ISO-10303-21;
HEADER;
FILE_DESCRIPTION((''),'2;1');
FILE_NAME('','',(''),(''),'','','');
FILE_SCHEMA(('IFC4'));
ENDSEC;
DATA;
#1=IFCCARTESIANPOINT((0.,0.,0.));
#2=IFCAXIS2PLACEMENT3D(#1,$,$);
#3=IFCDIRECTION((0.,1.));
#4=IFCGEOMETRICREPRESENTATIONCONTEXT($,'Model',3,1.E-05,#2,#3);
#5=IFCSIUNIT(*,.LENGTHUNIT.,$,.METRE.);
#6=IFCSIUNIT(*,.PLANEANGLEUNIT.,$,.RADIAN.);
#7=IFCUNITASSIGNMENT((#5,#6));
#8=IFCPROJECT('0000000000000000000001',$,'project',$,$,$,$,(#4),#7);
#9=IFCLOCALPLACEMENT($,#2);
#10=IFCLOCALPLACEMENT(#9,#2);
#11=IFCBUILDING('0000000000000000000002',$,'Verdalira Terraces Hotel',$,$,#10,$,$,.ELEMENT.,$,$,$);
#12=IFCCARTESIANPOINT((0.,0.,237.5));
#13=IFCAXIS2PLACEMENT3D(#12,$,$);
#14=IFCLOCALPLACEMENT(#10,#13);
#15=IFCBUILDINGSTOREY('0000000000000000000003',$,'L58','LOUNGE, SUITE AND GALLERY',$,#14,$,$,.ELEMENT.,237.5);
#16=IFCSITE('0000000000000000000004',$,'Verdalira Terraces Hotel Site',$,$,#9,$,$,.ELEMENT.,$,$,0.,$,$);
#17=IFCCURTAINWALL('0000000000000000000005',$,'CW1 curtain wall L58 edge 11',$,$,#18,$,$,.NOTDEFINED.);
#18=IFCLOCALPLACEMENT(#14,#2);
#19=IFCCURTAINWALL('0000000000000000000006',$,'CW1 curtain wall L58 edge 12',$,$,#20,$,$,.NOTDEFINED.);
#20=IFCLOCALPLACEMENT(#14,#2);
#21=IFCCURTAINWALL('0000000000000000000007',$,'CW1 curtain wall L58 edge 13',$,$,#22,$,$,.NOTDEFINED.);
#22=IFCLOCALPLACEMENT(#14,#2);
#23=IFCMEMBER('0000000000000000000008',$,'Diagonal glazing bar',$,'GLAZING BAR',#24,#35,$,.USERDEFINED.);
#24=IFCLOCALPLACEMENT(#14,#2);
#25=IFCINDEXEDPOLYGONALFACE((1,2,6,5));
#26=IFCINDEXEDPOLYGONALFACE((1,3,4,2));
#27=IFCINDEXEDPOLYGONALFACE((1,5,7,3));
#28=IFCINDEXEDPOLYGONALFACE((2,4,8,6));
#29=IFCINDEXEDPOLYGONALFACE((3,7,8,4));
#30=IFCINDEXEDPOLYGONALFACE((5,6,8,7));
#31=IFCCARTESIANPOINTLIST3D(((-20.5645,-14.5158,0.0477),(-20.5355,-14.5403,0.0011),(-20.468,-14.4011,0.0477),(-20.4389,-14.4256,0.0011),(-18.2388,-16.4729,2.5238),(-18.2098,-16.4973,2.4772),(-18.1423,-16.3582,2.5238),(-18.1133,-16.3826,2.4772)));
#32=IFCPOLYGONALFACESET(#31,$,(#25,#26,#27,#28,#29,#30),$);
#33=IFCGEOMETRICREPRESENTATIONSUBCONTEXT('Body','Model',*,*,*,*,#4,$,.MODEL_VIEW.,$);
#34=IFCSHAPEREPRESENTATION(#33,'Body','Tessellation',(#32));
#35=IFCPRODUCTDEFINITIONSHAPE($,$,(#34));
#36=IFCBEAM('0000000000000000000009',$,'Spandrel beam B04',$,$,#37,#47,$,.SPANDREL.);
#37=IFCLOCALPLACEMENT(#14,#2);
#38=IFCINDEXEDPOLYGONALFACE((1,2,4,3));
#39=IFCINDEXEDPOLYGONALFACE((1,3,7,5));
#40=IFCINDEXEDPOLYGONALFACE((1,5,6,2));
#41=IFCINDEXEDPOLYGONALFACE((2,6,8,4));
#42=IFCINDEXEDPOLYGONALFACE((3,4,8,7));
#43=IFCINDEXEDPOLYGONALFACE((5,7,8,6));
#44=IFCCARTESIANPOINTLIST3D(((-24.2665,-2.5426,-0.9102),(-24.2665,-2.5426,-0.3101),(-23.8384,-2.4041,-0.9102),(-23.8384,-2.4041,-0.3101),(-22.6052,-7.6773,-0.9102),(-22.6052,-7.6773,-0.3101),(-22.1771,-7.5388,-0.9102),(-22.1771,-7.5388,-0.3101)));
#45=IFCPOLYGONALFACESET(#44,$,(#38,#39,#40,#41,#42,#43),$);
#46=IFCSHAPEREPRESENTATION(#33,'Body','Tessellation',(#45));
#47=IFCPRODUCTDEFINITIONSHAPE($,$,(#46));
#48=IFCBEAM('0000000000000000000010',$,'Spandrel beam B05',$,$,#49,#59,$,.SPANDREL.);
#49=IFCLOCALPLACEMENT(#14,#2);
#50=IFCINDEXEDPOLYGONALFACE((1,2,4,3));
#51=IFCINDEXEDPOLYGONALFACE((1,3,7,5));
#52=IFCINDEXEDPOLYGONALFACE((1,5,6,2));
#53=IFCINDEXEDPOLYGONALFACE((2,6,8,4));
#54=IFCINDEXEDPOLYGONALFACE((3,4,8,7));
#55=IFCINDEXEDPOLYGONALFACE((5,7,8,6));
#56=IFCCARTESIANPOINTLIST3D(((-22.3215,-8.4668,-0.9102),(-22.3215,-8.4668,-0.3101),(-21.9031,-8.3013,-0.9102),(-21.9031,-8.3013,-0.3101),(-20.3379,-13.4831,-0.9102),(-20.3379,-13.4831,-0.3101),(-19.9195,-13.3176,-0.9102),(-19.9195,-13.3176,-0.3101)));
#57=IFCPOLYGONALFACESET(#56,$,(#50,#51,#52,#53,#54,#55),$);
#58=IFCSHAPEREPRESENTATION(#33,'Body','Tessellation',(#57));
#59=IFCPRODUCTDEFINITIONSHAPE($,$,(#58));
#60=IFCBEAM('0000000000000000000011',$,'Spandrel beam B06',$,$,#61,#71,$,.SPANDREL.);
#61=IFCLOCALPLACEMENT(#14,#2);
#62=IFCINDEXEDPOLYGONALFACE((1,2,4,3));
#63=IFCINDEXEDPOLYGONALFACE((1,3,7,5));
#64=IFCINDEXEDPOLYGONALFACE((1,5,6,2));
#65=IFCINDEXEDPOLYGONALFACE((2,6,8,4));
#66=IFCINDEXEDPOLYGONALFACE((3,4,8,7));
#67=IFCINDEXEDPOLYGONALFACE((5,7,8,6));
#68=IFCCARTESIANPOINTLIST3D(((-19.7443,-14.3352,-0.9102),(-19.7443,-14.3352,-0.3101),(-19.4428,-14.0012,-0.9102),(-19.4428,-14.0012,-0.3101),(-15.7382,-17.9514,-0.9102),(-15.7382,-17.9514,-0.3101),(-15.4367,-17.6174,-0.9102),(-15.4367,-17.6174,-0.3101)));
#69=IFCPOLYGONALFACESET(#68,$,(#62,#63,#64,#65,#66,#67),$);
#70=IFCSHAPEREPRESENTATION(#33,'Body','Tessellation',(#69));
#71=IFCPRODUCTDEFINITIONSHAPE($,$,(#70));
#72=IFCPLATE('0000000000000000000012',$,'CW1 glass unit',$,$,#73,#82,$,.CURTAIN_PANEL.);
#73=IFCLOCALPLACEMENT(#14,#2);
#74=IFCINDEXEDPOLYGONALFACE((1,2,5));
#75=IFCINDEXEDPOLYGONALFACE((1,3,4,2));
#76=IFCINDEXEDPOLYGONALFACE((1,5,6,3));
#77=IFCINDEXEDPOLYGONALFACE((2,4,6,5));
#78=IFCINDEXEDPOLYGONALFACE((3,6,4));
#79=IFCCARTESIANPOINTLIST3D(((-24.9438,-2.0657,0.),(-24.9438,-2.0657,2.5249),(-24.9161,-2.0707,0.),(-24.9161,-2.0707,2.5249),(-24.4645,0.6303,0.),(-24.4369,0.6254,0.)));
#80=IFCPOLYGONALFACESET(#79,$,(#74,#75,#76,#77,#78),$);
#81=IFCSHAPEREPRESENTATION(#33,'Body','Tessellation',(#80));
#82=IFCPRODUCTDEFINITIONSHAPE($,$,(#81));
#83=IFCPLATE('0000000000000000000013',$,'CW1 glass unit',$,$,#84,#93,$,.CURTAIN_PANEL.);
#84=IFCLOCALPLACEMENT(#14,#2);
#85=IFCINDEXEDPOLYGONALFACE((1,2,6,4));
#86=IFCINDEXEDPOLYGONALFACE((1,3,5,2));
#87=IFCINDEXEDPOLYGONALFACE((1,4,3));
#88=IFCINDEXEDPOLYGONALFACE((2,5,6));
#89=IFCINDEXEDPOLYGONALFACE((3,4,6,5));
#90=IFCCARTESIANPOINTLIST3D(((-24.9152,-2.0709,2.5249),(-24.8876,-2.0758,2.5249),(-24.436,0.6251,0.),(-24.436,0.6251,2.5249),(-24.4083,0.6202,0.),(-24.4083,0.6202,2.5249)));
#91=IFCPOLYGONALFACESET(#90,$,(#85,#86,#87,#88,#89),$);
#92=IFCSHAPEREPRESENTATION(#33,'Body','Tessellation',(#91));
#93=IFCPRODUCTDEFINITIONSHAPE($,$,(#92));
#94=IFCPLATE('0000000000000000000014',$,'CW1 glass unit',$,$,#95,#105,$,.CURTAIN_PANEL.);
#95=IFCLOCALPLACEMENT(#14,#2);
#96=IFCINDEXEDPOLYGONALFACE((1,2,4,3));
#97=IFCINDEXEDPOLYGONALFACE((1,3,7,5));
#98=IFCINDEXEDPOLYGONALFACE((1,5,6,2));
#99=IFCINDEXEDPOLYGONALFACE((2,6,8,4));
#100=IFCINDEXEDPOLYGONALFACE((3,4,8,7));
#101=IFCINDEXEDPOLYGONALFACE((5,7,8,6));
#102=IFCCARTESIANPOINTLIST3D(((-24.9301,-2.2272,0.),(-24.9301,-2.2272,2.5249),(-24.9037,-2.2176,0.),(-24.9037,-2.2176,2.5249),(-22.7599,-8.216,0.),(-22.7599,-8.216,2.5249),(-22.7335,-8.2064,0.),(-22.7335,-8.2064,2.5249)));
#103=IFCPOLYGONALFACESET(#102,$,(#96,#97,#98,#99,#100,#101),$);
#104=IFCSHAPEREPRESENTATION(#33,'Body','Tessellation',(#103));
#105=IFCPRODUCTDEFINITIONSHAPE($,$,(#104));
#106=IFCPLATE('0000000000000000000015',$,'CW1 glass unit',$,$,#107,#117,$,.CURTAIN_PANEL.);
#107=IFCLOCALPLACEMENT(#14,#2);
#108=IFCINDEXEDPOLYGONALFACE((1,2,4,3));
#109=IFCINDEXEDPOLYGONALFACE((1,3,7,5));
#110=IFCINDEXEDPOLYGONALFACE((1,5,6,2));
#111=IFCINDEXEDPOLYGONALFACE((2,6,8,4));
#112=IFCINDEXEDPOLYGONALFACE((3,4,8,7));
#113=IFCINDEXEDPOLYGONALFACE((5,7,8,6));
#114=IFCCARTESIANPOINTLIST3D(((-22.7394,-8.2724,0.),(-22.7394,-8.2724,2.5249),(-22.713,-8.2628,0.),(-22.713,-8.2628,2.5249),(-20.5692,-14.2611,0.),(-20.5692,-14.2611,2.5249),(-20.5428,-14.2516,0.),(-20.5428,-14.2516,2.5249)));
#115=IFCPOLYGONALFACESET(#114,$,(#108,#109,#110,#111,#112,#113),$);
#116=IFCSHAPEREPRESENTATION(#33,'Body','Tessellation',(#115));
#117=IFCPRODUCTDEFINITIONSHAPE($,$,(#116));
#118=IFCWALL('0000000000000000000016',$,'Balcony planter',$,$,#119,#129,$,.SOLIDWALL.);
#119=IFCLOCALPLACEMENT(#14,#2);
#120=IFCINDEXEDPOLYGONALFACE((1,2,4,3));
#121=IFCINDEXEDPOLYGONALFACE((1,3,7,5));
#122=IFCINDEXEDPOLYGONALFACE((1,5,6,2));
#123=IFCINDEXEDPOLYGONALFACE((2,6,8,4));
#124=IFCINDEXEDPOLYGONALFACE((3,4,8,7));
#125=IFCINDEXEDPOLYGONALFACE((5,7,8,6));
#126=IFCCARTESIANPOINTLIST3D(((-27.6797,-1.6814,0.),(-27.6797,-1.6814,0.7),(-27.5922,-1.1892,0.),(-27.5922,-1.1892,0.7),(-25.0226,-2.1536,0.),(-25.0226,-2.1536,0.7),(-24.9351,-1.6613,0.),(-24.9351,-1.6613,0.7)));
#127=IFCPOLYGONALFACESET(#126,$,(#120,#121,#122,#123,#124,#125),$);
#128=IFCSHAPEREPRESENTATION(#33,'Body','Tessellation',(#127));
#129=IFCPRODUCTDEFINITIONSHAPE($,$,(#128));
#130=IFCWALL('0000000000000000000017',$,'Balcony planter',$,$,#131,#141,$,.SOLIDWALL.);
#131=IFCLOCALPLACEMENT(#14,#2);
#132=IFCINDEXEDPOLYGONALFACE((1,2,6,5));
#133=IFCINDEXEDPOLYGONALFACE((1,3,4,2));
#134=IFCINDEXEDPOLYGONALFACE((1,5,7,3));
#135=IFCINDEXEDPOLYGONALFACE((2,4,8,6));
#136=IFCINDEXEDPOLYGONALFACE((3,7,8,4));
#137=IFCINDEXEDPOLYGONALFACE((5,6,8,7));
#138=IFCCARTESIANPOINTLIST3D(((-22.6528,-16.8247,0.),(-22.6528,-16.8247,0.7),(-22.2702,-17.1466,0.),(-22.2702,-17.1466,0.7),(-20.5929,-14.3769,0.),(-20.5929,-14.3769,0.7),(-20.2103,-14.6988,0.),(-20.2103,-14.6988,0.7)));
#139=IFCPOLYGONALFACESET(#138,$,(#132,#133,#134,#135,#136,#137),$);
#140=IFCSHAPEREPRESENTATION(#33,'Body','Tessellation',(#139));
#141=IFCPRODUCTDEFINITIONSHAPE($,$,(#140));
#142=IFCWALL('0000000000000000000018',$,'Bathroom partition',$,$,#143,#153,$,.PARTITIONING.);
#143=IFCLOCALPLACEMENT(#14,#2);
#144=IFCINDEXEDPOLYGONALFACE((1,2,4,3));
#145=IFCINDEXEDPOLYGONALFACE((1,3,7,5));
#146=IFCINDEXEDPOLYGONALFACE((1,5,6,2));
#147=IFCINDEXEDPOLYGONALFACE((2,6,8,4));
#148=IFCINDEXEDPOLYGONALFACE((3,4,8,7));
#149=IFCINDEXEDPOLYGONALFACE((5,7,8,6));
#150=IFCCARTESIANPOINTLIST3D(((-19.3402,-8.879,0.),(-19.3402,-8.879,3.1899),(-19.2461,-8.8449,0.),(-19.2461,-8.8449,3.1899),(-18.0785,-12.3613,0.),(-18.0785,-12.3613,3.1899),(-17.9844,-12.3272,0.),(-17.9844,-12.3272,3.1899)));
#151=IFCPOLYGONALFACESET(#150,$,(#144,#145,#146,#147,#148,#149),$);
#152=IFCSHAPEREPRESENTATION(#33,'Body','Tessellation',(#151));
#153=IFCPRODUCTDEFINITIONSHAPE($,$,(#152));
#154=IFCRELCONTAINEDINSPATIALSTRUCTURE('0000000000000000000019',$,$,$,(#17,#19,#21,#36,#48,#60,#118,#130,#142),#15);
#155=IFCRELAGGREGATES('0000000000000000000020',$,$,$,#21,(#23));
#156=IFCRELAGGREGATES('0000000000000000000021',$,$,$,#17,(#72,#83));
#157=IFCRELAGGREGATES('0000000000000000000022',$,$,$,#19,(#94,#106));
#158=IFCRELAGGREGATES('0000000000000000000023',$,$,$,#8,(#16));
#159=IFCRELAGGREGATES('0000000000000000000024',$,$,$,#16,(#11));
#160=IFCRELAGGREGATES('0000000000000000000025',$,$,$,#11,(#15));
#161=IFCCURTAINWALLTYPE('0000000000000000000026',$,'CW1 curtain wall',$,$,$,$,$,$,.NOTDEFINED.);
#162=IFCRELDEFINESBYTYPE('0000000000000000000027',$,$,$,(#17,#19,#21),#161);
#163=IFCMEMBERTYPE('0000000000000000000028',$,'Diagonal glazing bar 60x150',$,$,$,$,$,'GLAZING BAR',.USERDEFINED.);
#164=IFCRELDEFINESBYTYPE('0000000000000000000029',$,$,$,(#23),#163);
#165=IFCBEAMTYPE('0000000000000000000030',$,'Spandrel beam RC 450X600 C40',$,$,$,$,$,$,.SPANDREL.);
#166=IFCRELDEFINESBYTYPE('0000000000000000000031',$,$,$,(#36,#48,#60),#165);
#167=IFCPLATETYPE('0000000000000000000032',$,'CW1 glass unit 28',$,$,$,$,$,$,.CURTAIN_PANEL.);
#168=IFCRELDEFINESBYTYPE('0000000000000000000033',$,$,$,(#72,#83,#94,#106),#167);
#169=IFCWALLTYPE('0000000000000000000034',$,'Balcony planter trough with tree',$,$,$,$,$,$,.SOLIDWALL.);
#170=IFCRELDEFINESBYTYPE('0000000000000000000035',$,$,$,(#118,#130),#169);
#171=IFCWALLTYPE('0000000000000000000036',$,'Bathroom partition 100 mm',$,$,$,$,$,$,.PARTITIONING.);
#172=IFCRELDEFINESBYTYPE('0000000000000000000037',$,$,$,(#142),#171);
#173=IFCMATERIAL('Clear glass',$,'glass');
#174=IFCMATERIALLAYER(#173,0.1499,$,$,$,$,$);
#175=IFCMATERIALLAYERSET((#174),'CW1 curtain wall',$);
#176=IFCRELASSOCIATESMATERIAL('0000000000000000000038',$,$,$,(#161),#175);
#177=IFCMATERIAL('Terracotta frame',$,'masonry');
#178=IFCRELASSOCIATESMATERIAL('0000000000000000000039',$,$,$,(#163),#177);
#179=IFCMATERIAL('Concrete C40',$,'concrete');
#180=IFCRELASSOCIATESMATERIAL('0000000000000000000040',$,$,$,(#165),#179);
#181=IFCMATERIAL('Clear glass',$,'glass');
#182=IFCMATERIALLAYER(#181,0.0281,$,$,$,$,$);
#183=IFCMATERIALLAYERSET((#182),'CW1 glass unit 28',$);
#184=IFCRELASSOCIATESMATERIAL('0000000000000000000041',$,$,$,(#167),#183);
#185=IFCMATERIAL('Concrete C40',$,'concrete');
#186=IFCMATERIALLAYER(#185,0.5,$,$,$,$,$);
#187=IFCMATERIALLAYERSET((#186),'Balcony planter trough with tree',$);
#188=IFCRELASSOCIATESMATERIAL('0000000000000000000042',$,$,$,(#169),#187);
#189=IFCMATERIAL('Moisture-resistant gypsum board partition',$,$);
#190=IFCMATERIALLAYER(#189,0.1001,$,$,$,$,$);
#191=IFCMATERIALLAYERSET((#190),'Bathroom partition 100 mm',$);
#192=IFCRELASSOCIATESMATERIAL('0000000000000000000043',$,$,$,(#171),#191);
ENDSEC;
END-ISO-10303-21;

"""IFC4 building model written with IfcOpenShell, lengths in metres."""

from ifc_helpers import new_model, si_unit, direction, frame, frame_2d, origin, origin_2d, place, context, subcontext, project, spatial, polyline, rectangle, outline, extrude, material, layer, layer_set, material_profile, profile_set, type_object, element, aggregate, save


model = new_model("IFC4")

# Units and contexts
model_context = context("Model", 3, precision=1e-05, world=origin(), true_north=direction((0.0, 1.0)))
body_context = subcontext(model_context, "Body", "Model", "MODEL_VIEW")
ifc_project = project(units=[si_unit("LENGTHUNIT", "METRE"), si_unit("PLANEANGLEUNIT", "RADIAN")], contexts=[model_context])

# Site, building, storey
site_placement = place(None, origin())
site = spatial("IfcSite", under=ifc_project, at=site_placement, Name="Verdalira Terraces Hotel Site", CompositionType="ELEMENT", RefElevation=0.0)
building_placement = place(site_placement, origin())
building = spatial("IfcBuilding", under=site, at=building_placement, Name="Verdalira Terraces Hotel", CompositionType="ELEMENT")
storey_placement = place(building_placement, frame((0.0, 0.0, 237.5)))
storey = spatial("IfcBuildingStorey", under=building, at=storey_placement, Name="L58", Description="LOUNGE, SUITE AND GALLERY", CompositionType="ELEMENT", Elevation=237.5)

# Curtain wall
ifc_material_1 = material(Name="Clear glass", Category="glass")
ifc_layer_1 = layer(ifc_material_1, 0.1499)
ifc_layer_set_1 = layer_set([ifc_layer_1], Name="CW1 curtain wall")
curtain_wall_type = type_object("IfcCurtainWallType", Name="CW1 curtain wall", PredefinedType="NOTDEFINED", material=ifc_layer_set_1)
curtain_wall_1_placement = place(storey_placement, origin())
curtain_wall_1 = element("IfcCurtainWall", 1, at=curtain_wall_1_placement, inside=storey, type_object=curtain_wall_type, Name="CW1 curtain wall L58 edge 11", PredefinedType="NOTDEFINED")

# Curtain wall
curtain_wall_2_placement = place(storey_placement, origin())
curtain_wall_2 = element("IfcCurtainWall", 2, at=curtain_wall_2_placement, inside=storey, type_object=curtain_wall_type, Name="CW1 curtain wall L58 edge 12", PredefinedType="NOTDEFINED")

# Curtain wall
curtain_wall_3_placement = place(storey_placement, origin())
curtain_wall_3 = element("IfcCurtainWall", 3, at=curtain_wall_3_placement, inside=storey, type_object=curtain_wall_type, Name="CW1 curtain wall L58 edge 13", PredefinedType="NOTDEFINED")

# Member
ifc_material_2 = material(Name="Terracotta frame", Category="masonry")
ifc_material_profile_1 = material_profile(ifc_material_2, rectangle(XDim=0.1499, YDim=0.0601, at=origin_2d()), Name="GB 60x150")
ifc_profile_set_1 = profile_set([ifc_material_profile_1], Name="Terracotta frame")
member_type_1 = type_object("IfcMemberType", Name="Diagonal glazing bar 60x150", ElementType="GLAZING BAR", PredefinedType="USERDEFINED", material=ifc_profile_set_1)
member_1_placement = place(storey_placement, frame((-20.5017, -14.4707, 0.0244), z_axis=(0.593223, -0.499189, 0.631583), x_axis=(0.643859, 0.765144, 0.0)))
member_1 = element("IfcMember", 4, at=member_1_placement, type_object=member_type_1, Name="Diagonal glazing bar", ObjectType="GLAZING BAR", PredefinedType="USERDEFINED", context=body_context, shape_type="SweptSolid", body=[
    extrude(rectangle(XDim=0.1499, YDim=0.0601, at=origin_2d()), origin(), (0.0, 0.0, 1.0), 3.9204),
])
aggregate(curtain_wall_3, [member_1])

# Beams
ifc_material_3 = material(Name="Concrete C40", Category="concrete")
ifc_material_profile_2 = material_profile(ifc_material_3, rectangle(XDim=0.45, YDim=0.6001, at=origin_2d()), Name="RC 450X600")
ifc_profile_set_2 = profile_set([ifc_material_profile_2], Name="Concrete C40")
beam_type_1 = type_object("IfcBeamType", Name="Spandrel beam RC 450X600 C40", PredefinedType="SPANDREL", material=ifc_profile_set_2)
beam_1_placement = place(storey_placement, frame((-24.0525, -2.4734, -0.6101), z_axis=(0.307842, -0.951438, 0.0), x_axis=(0.951438, 0.307842, 0.0)))
element("IfcBeam", 5, at=beam_1_placement, inside=storey, type_object=beam_type_1, Name="Spandrel beam B04", PredefinedType="SPANDREL", context=body_context, shape_type="SweptSolid", body=[
    extrude(rectangle(XDim=0.45, YDim=0.6001, at=origin_2d()), origin(), (0.0, 0.0, 1.0), 5.3967),
])
beam_2_placement = place(storey_placement, frame((-22.1123, -8.384, -0.6101), z_axis=(0.367728, -0.929933, 0.0), x_axis=(0.929933, 0.367728, 0.0)))
element("IfcBeam", 6, at=beam_2_placement, inside=storey, type_object=beam_type_1, Name="Spandrel beam B05", PredefinedType="SPANDREL", context=body_context, shape_type="SweptSolid", body=[
    extrude(rectangle(XDim=0.45, YDim=0.6001, at=origin_2d()), origin(), (0.0, 0.0, 1.0), 5.3943),
])
beam_3_placement = place(storey_placement, frame((-19.5935, -14.1682, -0.6101), z_axis=(0.742306, -0.670061, 0.0), x_axis=(0.670061, 0.742306, 0.0)))
element("IfcBeam", 7, at=beam_3_placement, inside=storey, type_object=beam_type_1, Name="Spandrel beam B06", PredefinedType="SPANDREL", context=body_context, shape_type="SweptSolid", body=[
    extrude(rectangle(XDim=0.45, YDim=0.6001, at=origin_2d()), origin(), (0.0, 0.0, 1.0), 5.3967),
])

# Plates
ifc_material_4 = material(Name="Clear glass", Category="glass")
ifc_layer_2 = layer(ifc_material_4, 0.0281)
ifc_layer_set_2 = layer_set([ifc_layer_2], Name="CW1 glass unit 28")
plate_type = type_object("IfcPlateType", Name="CW1 glass unit 28", PredefinedType="CURTAIN_PANEL", material=ifc_layer_set_2)
plate_1_placement = place(storey_placement, frame((-24.6765, -0.7227, 1.2625), z_axis=(-0.984564, 0.175023, 0.0), x_axis=(-0.175023, -0.984564, 0.0)))
plate_1 = element("IfcPlate", 8, at=plate_1_placement, type_object=plate_type, Name="CW1 glass unit", PredefinedType="CURTAIN_PANEL", context=body_context, shape_type="SweptSolid", body=[
    extrude(outline(polyline([(-1.3691, -1.2625), (1.3691, -1.2625), (1.3691, 1.2625), (-1.3691, -1.2625)])), origin(), (0.0, 0.0, 1.0), 0.0281),
])
plate_2_placement = place(storey_placement, frame((-24.6479, -0.7278, 1.2625), z_axis=(-0.984564, 0.175023, 0.0), x_axis=(-0.175023, -0.984564, 0.0)))
plate_2 = element("IfcPlate", 9, at=plate_2_placement, type_object=plate_type, Name="CW1 glass unit", PredefinedType="CURTAIN_PANEL", context=body_context, shape_type="SweptSolid", body=[
    extrude(outline(polyline([(-1.3691, -1.2625), (1.3691, 1.2625), (-1.3691, 1.2625), (-1.3691, -1.2625)])), origin(), (0.0, 0.0, 1.0), 0.0281),
])
aggregate(curtain_wall_1, [plate_1, plate_2])
plate_3_placement = place(storey_placement, frame((-23.8318, -5.2168, 0.0), z_axis=(0.0, 0.0, 1.0), x_axis=(0.340708, -0.940169, 0.0)))
plate_3 = element("IfcPlate", 10, at=plate_3_placement, type_object=plate_type, Name="CW1 glass unit", PredefinedType="CURTAIN_PANEL", context=body_context, shape_type="SweptSolid", body=[
    extrude(rectangle(XDim=6.3699, YDim=0.0281, at=origin_2d()), origin(), (0.0, 0.0, 1.0), 2.5249),
])
plate_4_placement = place(storey_placement, frame((-21.6411, -11.262, 0.0), z_axis=(0.0, 0.0, 1.0), x_axis=(0.340708, -0.940169, 0.0)))
plate_4 = element("IfcPlate", 11, at=plate_4_placement, type_object=plate_type, Name="CW1 glass unit", PredefinedType="CURTAIN_PANEL", context=body_context, shape_type="SweptSolid", body=[
    extrude(rectangle(XDim=6.3699, YDim=0.0281, at=origin_2d()), origin(), (0.0, 0.0, 1.0), 2.5249),
])
aggregate(curtain_wall_2, [plate_3, plate_4])

# Walls
ifc_material_5 = material(Name="Concrete C40", Category="concrete")
ifc_layer_3 = layer(ifc_material_5, 0.5)
ifc_layer_set_3 = layer_set([ifc_layer_3], Name="Balcony planter trough with tree")
wall_type_1 = type_object("IfcWallType", Name="Balcony planter trough with tree", PredefinedType="SOLIDWALL", material=ifc_layer_set_3)
wall_1_placement = place(storey_placement, frame((-27.636, -1.4353, 0.0), z_axis=(0.0, 0.0, 1.0), x_axis=(0.984577, -0.174951, 0.0)))
element("IfcWall", 12, at=wall_1_placement, inside=storey, type_object=wall_type_1, Name="Balcony planter", PredefinedType="SOLIDWALL", context=body_context, shape_type="SweptSolid", body=[
    extrude(rectangle(XDim=2.6987, YDim=0.5, at=frame_2d((1.3494, 0.0))), origin(), (0.0, 0.0, 1.0), 0.7),
])
wall_2_placement = place(storey_placement, frame((-20.4016, -14.5378, 0.0), z_axis=(0.0, 0.0, 1.0), x_axis=(-0.64387, -0.765135, 0.0)))
element("IfcWall", 13, at=wall_2_placement, inside=storey, type_object=wall_type_1, Name="Balcony planter", PredefinedType="SOLIDWALL", context=body_context, shape_type="SweptSolid", body=[
    extrude(rectangle(XDim=3.1992, YDim=0.5, at=frame_2d((1.5996, 0.0))), origin(), (0.0, 0.0, 1.0), 0.7),
])
ifc_material_6 = material(Name="Moisture-resistant gypsum board partition")
ifc_layer_4 = layer(ifc_material_6, 0.1001)
ifc_layer_set_4 = layer_set([ifc_layer_4], Name="Bathroom partition 100 mm")
wall_type_2 = type_object("IfcWallType", Name="Bathroom partition 100 mm", PredefinedType="PARTITIONING", material=ifc_layer_set_4)
wall_3_placement = place(storey_placement, frame((-19.2932, -8.8618, 0.0), z_axis=(0.0, 0.0, 1.0), x_axis=(0.340642, -0.940193, 0.0)))
element("IfcWall", 14, at=wall_3_placement, inside=storey, type_object=wall_type_2, Name="Bathroom partition", PredefinedType="PARTITIONING", context=body_context, shape_type="SweptSolid", body=[
    extrude(rectangle(XDim=3.7039, YDim=0.1001, at=frame_2d((1.8521, 0.0))), origin(), (0.0, 0.0, 1.0), 3.1899),
])

save(model, "model.ifc")
